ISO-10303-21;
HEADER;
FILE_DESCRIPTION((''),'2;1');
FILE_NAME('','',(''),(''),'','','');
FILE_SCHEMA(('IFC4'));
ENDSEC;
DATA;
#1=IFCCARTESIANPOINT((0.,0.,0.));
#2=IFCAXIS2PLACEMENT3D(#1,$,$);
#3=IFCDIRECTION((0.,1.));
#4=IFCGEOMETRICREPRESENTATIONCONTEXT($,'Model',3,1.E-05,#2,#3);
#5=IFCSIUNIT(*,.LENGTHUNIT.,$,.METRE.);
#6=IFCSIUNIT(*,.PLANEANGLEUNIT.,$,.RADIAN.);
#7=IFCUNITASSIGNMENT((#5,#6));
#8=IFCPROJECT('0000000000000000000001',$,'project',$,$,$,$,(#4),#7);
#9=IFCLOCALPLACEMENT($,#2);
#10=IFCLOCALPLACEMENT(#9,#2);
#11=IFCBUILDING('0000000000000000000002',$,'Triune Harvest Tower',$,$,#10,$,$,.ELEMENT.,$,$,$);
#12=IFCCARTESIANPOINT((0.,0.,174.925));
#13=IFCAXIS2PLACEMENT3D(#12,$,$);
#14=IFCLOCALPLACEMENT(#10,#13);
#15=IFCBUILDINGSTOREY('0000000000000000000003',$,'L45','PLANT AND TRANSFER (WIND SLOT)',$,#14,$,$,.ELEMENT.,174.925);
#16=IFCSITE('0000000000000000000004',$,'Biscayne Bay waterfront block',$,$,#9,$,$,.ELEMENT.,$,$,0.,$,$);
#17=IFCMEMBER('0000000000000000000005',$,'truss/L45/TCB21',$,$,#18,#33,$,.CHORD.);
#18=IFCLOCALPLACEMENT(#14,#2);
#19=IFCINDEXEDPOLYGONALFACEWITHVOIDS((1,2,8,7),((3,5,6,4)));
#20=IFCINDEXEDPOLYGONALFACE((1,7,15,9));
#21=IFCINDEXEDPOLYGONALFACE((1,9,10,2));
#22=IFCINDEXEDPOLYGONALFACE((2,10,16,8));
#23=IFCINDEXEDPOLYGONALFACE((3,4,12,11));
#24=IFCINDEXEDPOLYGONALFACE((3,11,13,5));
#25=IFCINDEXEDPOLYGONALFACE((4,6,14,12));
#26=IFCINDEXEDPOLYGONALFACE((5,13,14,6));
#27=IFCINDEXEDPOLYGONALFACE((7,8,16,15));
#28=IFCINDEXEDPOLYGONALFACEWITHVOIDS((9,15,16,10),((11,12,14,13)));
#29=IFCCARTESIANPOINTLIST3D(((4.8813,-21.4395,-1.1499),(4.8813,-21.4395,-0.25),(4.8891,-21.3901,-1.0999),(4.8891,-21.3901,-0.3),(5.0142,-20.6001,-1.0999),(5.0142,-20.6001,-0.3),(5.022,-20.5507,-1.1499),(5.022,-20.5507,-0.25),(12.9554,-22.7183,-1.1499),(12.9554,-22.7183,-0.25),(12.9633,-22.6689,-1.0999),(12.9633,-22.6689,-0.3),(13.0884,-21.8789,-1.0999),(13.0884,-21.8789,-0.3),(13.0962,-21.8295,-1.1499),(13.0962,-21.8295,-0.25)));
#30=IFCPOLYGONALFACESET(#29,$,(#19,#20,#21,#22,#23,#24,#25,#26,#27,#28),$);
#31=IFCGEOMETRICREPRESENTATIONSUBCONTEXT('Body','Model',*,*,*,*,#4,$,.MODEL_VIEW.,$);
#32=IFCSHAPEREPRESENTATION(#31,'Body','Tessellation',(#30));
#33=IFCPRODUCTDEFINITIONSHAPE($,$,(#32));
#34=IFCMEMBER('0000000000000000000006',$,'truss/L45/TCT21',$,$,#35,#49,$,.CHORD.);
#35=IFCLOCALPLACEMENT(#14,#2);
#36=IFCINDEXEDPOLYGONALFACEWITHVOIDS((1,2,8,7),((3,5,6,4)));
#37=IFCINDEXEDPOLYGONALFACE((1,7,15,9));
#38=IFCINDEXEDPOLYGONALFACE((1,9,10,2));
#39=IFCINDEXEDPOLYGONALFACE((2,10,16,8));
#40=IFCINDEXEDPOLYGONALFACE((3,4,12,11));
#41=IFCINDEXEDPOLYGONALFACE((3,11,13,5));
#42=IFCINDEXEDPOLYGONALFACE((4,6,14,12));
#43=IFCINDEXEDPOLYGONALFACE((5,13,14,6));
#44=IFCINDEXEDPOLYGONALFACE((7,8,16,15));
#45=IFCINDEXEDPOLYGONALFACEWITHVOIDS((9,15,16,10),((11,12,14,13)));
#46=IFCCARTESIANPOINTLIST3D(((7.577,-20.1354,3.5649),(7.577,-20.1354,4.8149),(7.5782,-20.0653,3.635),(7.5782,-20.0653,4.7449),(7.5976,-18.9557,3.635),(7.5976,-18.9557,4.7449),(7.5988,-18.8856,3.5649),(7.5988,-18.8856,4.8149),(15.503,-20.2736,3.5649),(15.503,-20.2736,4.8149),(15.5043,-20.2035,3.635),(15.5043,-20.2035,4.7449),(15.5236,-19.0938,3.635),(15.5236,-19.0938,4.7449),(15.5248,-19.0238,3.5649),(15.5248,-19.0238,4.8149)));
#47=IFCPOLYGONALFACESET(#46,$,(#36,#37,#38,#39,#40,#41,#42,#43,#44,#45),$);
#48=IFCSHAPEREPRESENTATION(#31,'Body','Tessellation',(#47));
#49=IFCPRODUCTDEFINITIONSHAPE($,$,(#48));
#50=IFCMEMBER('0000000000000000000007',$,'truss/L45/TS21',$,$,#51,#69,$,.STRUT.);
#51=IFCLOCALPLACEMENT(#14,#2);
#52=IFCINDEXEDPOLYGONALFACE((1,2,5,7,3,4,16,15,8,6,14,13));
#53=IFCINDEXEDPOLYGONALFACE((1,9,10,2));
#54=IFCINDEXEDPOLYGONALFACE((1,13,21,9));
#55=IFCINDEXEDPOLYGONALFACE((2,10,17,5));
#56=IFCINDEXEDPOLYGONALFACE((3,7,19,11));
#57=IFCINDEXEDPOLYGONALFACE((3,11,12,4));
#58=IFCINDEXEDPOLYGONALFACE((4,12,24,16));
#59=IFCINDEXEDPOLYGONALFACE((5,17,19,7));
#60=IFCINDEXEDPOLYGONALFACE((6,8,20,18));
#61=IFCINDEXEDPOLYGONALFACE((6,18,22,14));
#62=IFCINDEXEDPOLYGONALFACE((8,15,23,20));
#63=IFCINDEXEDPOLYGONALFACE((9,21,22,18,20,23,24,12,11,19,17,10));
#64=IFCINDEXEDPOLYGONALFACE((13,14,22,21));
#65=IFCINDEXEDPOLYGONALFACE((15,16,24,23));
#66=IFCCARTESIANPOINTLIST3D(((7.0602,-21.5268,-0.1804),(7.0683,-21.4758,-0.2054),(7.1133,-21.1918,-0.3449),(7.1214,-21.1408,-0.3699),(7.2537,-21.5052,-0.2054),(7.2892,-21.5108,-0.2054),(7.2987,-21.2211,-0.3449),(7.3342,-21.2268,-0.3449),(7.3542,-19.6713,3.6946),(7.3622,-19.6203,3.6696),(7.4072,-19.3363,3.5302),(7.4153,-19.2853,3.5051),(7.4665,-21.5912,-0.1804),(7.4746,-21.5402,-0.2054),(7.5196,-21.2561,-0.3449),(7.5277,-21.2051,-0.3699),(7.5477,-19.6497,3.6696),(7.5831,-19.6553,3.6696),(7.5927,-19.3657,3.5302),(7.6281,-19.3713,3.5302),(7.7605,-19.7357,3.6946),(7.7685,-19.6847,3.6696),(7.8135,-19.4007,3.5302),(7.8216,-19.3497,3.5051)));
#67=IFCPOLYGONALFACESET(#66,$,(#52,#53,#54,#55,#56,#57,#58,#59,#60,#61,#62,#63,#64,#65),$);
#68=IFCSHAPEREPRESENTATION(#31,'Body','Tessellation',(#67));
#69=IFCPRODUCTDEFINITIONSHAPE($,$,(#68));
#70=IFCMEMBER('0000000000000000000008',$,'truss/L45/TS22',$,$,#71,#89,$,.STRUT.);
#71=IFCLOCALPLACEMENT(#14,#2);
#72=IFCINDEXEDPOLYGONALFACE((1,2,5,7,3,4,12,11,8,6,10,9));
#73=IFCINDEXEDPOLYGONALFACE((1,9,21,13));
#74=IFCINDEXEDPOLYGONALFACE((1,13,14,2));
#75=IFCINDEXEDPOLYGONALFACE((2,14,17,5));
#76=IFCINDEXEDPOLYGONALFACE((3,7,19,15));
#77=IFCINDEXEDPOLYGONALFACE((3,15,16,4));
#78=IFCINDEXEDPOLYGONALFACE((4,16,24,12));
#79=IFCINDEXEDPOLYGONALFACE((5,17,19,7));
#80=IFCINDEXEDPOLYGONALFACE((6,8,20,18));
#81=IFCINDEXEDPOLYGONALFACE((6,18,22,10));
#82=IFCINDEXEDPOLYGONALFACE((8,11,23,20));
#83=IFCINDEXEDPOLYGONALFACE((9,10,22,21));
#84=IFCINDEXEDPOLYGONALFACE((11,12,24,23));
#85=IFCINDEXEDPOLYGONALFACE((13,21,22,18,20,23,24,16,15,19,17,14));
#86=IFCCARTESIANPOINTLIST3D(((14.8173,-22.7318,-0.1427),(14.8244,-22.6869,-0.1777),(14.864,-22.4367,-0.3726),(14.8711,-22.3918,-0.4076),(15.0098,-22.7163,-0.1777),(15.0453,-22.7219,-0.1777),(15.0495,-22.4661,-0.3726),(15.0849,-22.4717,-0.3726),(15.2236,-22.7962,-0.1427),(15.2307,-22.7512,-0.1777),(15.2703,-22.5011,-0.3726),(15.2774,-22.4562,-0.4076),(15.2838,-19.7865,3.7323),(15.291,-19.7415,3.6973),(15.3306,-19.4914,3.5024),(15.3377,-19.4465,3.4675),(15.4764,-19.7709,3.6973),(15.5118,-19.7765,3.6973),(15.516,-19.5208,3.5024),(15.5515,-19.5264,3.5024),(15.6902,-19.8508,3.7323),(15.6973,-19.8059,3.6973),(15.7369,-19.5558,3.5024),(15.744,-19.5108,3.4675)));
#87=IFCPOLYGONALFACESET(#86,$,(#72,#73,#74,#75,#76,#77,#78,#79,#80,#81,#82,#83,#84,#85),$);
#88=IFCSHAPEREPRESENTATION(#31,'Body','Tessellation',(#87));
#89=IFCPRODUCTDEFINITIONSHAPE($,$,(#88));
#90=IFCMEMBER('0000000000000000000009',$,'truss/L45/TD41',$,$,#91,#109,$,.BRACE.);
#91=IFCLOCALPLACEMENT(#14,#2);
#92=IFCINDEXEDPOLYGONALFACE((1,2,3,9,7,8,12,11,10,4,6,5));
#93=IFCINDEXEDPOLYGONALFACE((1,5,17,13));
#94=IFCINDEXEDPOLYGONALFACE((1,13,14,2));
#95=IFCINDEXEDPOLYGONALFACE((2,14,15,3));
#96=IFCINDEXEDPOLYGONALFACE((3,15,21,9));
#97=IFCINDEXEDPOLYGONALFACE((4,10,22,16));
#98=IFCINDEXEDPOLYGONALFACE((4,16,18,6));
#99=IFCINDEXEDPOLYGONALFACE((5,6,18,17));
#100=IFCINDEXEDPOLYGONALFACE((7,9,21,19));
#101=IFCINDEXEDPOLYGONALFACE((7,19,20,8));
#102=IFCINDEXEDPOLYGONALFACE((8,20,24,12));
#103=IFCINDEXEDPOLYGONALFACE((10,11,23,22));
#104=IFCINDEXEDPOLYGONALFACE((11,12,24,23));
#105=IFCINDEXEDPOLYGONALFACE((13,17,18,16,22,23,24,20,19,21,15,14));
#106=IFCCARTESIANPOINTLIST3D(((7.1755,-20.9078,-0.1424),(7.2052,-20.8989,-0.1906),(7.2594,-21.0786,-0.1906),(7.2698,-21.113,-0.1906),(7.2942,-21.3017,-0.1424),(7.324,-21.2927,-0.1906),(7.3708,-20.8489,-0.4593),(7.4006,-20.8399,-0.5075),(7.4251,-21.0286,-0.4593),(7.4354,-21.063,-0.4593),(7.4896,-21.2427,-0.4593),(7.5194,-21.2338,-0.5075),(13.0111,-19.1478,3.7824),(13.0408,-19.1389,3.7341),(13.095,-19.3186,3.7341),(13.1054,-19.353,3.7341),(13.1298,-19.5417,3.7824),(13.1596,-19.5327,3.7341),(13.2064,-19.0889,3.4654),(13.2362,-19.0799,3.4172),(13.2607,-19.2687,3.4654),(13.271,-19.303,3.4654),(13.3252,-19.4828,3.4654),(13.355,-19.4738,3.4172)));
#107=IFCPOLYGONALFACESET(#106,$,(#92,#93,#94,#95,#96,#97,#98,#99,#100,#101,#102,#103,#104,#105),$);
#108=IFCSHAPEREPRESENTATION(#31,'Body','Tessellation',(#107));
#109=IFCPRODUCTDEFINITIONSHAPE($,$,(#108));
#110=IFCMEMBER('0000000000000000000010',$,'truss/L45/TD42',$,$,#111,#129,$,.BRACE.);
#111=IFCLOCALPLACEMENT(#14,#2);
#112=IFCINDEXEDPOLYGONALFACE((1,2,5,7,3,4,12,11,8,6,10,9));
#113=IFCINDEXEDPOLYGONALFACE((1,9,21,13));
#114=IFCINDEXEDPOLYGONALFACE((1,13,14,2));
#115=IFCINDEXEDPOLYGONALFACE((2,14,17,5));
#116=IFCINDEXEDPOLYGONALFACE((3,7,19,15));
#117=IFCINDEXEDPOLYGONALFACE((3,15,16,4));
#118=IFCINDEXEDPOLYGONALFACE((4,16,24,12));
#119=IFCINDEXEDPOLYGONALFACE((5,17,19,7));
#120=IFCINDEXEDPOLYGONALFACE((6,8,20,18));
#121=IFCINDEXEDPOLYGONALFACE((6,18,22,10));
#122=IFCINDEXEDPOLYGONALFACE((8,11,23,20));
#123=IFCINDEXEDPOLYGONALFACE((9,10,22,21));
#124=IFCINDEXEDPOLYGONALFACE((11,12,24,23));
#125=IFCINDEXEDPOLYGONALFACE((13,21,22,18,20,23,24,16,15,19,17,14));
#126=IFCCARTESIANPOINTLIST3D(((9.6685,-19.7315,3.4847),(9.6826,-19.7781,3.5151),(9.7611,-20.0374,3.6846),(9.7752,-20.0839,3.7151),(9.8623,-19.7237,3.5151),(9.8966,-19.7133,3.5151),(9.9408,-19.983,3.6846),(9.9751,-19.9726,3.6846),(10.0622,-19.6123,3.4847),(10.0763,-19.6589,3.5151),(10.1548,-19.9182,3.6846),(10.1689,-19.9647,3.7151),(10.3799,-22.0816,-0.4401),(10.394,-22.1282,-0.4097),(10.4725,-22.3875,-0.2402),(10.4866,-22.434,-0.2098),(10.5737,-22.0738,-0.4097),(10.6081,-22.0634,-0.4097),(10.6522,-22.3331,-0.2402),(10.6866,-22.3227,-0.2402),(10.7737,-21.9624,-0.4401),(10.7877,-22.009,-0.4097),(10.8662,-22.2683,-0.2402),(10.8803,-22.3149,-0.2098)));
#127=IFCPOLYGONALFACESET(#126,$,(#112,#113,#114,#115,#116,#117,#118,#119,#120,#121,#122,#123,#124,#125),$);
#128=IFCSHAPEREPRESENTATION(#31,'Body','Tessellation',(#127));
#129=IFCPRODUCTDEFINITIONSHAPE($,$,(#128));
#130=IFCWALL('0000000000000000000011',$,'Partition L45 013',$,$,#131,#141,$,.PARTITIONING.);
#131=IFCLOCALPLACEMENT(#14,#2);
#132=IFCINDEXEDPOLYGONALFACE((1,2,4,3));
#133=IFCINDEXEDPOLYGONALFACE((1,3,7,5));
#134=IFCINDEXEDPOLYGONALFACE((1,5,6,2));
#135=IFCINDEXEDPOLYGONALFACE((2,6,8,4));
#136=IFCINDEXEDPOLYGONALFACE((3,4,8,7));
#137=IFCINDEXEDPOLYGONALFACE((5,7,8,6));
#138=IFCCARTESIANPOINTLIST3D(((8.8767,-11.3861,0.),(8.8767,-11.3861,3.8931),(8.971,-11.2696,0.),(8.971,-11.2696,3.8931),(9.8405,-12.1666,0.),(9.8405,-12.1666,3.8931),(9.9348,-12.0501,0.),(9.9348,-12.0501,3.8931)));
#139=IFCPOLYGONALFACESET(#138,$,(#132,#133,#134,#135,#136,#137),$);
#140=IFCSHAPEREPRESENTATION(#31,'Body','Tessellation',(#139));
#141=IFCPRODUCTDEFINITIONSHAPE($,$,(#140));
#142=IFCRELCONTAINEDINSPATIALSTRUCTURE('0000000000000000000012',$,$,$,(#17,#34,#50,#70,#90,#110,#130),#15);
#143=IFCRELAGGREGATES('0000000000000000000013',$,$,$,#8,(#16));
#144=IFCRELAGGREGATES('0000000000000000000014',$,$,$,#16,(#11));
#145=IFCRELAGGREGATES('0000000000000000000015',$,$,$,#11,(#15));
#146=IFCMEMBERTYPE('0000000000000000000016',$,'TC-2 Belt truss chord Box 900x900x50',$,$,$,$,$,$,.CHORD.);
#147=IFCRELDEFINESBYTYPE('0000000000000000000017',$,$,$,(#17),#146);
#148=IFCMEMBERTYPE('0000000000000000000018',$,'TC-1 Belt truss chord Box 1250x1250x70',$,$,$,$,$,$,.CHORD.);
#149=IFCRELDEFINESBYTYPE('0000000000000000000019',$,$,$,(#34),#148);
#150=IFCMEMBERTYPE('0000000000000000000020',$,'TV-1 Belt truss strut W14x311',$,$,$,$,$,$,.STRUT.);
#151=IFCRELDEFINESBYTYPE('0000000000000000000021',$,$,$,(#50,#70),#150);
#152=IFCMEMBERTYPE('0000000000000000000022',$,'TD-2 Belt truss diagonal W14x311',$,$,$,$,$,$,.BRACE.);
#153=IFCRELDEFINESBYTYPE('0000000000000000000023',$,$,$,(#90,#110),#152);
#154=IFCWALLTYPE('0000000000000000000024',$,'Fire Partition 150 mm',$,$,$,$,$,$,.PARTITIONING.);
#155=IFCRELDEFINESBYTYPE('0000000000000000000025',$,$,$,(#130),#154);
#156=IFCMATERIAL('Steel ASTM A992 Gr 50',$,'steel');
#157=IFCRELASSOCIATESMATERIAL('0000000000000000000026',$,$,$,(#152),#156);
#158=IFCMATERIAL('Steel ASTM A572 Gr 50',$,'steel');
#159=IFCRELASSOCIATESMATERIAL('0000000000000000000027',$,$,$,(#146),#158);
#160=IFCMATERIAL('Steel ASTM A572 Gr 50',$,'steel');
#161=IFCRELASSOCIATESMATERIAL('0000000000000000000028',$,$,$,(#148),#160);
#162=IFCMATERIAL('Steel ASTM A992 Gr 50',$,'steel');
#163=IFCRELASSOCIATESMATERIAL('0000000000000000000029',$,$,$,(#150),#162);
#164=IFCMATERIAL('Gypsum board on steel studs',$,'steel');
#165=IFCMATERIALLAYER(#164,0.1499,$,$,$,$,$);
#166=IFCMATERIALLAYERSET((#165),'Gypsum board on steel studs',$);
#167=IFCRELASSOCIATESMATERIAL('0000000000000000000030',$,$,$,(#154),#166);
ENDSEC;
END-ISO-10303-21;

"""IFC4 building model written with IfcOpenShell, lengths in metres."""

from ifc_helpers import new_model, si_unit, direction, frame, frame_2d, origin, origin_2d, place, context, subcontext, project, spatial, rectangle, hollow_rectangle, i_section, extrude, source, transform, mapped, material, layer, layer_set, material_profile, profile_set, type_object, element, save


model = new_model("IFC4")

# Units and contexts
model_context = context("Model", 3, precision=1e-05, world=origin(), true_north=direction((0.0, 1.0)))
body_context = subcontext(model_context, "Body", "Model", "MODEL_VIEW")
ifc_project = project(units=[si_unit("LENGTHUNIT", "METRE"), si_unit("PLANEANGLEUNIT", "RADIAN")], contexts=[model_context])

# Site, building, storey
site_placement = place(None, origin())
site = spatial("IfcSite", under=ifc_project, at=site_placement, Name="Biscayne Bay waterfront block", CompositionType="ELEMENT", RefElevation=0.0)
building_placement = place(site_placement, origin())
building = spatial("IfcBuilding", under=site, at=building_placement, Name="Triune Harvest Tower", CompositionType="ELEMENT")
storey_placement = place(building_placement, frame((0.0, 0.0, 174.925)))
storey = spatial("IfcBuildingStorey", under=building, at=storey_placement, Name="L45", Description="PLANT AND TRANSFER (WIND SLOT)", CompositionType="ELEMENT", Elevation=174.925)

# Shared definitions
ifc_material_1 = material(Name="Steel ASTM A992 Gr 50", Category="steel")
ifc_material_profile_1 = material_profile(ifc_material_1, i_section(OverallWidth=0.4114, OverallDepth=0.4343, WebThickness=0.0359, FlangeThickness=0.0574, at=origin_2d()), Name="W14x311")
ifc_profile_set_1 = profile_set([ifc_material_profile_1], Name="Steel ASTM A992 Gr 50")
member_type_1 = type_object("IfcMemberType", Name="TD-2 Belt truss diagonal W14x311", PredefinedType="BRACE", material=ifc_profile_set_1)

# Members
ifc_material_2 = material(Name="Steel ASTM A572 Gr 50", Category="steel")
ifc_material_profile_2 = material_profile(ifc_material_2, hollow_rectangle(XDim=0.8999, YDim=0.8999, WallThickness=0.05, at=origin_2d()), Name="Box 900x900x50")
ifc_profile_set_2 = profile_set([ifc_material_profile_2], Name="Steel ASTM A572 Gr 50")
member_type_2 = type_object("IfcMemberType", Name="TC-2 Belt truss chord Box 900x900x50", PredefinedType="CHORD", material=ifc_profile_set_2)
shared_shape_1 = source(origin(), body_context, "Body", "SweptSolid", [
    extrude(hollow_rectangle(XDim=0.8999, YDim=0.8999, WallThickness=0.05, at=origin_2d()), origin(), (0.0, 0.0, 1.0), 8.1748),
])
member_1_placement = place(storey_placement, frame((4.9517, -20.9951, -0.7), z_axis=(0.987689, -0.156432, 0.0), x_axis=(0.156432, 0.987689, 0.0)))
element("IfcMember", 1, at=member_1_placement, inside=storey, type_object=member_type_2, Name="truss/L45/TCB21", PredefinedType="CHORD", context=body_context, shape_type="MappedRepresentation", body=[
    mapped(shared_shape_1, transform((0.0, 0.0, 0.0), scale=1.0)),
])
ifc_material_3 = material(Name="Steel ASTM A572 Gr 50", Category="steel")
ifc_material_profile_3 = material_profile(ifc_material_3, hollow_rectangle(XDim=1.25, YDim=1.25, WallThickness=0.0701, at=origin_2d()), Name="Box 1250x1250x70")
ifc_profile_set_3 = profile_set([ifc_material_profile_3], Name="Steel ASTM A572 Gr 50")
member_type_3 = type_object("IfcMemberType", Name="TC-1 Belt truss chord Box 1250x1250x70", PredefinedType="CHORD", material=ifc_profile_set_3)
shared_shape_2 = source(origin(), body_context, "Body", "SweptSolid", [
    extrude(hollow_rectangle(XDim=1.25, YDim=1.25, WallThickness=0.0701, at=origin_2d()), origin(), (0.0, 0.0, 1.0), 7.9272),
])
member_2_placement = place(storey_placement, frame((7.5879, -19.5105, 4.1899), z_axis=(0.999848, -0.017432, 0.0), x_axis=(0.017432, 0.999848, 0.0)))
element("IfcMember", 2, at=member_2_placement, inside=storey, type_object=member_type_3, Name="truss/L45/TCT21", PredefinedType="CHORD", context=body_context, shape_type="MappedRepresentation", body=[
    mapped(shared_shape_2, transform((0.0, 0.0, 0.0), scale=1.0)),
])
ifc_material_4 = material(Name="Steel ASTM A992 Gr 50", Category="steel")
ifc_material_profile_4 = material_profile(ifc_material_4, i_section(OverallWidth=0.4114, OverallDepth=0.4343, WebThickness=0.0359, FlangeThickness=0.0574, at=origin_2d()), Name="W14x311")
ifc_profile_set_4 = profile_set([ifc_material_profile_4], Name="Steel ASTM A992 Gr 50")
member_type_4 = type_object("IfcMemberType", Name="TV-1 Belt truss strut W14x311", PredefinedType="STRUT", material=ifc_profile_set_4)
shared_shape_3 = source(origin(), body_context, "Body", "SweptSolid", [
    extrude(i_section(OverallWidth=0.4114, OverallDepth=0.4343, WebThickness=0.0359, FlangeThickness=0.0574, at=origin_2d()), origin(), (0.0, 0.0, 1.0), 4.3064),
])
member_3_placement = place(storey_placement, frame((7.2939, -21.366, -0.2751), z_axis=(0.068258, 0.430866, 0.899831), x_axis=(-0.987683, 0.15647, 0.0)))
element("IfcMember", 3, at=member_3_placement, inside=storey, type_object=member_type_4, Name="truss/L45/TS21", PredefinedType="STRUT", context=body_context, shape_type="MappedRepresentation", body=[
    mapped(shared_shape_3, transform((0.0, 0.0, 0.0), scale=1.0)),
])
shared_shape_4 = source(origin(), body_context, "Body", "SweptSolid", [
    extrude(i_section(OverallWidth=0.4114, OverallDepth=0.4343, WebThickness=0.0359, FlangeThickness=0.0574, at=origin_2d()), origin(), (0.0, 0.0, 1.0), 4.8896),
])
member_4_placement = place(storey_placement, frame((15.0474, -22.594, -0.2751), z_axis=(0.095417, 0.602363, 0.792499), x_axis=(-0.987685, 0.156454, 0.0)))
element("IfcMember", 4, at=member_4_placement, inside=storey, type_object=member_type_4, Name="truss/L45/TS22", PredefinedType="STRUT", context=body_context, shape_type="MappedRepresentation", body=[
    mapped(shared_shape_4, transform((0.0, 0.0, 0.0), scale=1.0)),
])
shared_shape_5 = source(origin(), body_context, "Body", "SweptSolid", [
    extrude(i_section(OverallWidth=0.4114, OverallDepth=0.4343, WebThickness=0.0359, FlangeThickness=0.0574, at=origin_2d()), origin(), (0.0, 0.0, 1.0), 7.2495),
])
member_5_placement = place(storey_placement, frame((7.3474, -21.0708, -0.325), z_axis=(0.804965, 0.242773, 0.54138), x_axis=(-0.288748, 0.957405, 0.0)))
element("IfcMember", 5, at=member_5_placement, inside=storey, type_object=member_type_1, Name="truss/L45/TD41", PredefinedType="BRACE", context=body_context, shape_type="MappedRepresentation", body=[
    mapped(shared_shape_5, transform((0.0, 0.0, 0.0), scale=1.0)),
])
shared_shape_6 = source(origin(), body_context, "Body", "SweptSolid", [
    extrude(i_section(OverallWidth=0.4114, OverallDepth=0.4343, WebThickness=0.0359, FlangeThickness=0.0574, at=origin_2d()), origin(), (0.0, 0.0, 1.0), 4.6296),
])
member_6_placement = place(storey_placement, frame((10.6301, -22.1982, -0.325), z_axis=(-0.153669, 0.507625, 0.847764), x_axis=(-0.957106, -0.289737, 0.0)))
element("IfcMember", 6, at=member_6_placement, inside=storey, type_object=member_type_1, Name="truss/L45/TD42", PredefinedType="BRACE", context=body_context, shape_type="MappedRepresentation", body=[
    mapped(shared_shape_6, transform((0.0, 0.0, 0.0), scale=1.0)),
])

# Wall
ifc_material_5 = material(Name="Gypsum board on steel studs", Category="steel")
ifc_layer_1 = layer(ifc_material_5, 0.1499)
ifc_layer_set_1 = layer_set([ifc_layer_1], Name="Gypsum board on steel studs")
wall_type_1 = type_object("IfcWallType", Name="Fire Partition 150 mm", PredefinedType="PARTITIONING", material=ifc_layer_set_1)
wall_1_placement = place(storey_placement, frame((8.9238, -11.3279, 0.0), z_axis=(0.0, 0.0, 1.0), x_axis=(0.777149, -0.629317, 0.0)))
element("IfcWall", 7, at=wall_1_placement, inside=storey, type_object=wall_type_1, Name="Partition L45 013", PredefinedType="PARTITIONING", context=body_context, shape_type="SweptSolid", body=[
    extrude(rectangle(XDim=1.2402, YDim=0.1499, at=frame_2d((0.6201, 0.0))), origin(), (0.0, 0.0, 1.0), 3.8931),
])

save(model, "model.ifc")
